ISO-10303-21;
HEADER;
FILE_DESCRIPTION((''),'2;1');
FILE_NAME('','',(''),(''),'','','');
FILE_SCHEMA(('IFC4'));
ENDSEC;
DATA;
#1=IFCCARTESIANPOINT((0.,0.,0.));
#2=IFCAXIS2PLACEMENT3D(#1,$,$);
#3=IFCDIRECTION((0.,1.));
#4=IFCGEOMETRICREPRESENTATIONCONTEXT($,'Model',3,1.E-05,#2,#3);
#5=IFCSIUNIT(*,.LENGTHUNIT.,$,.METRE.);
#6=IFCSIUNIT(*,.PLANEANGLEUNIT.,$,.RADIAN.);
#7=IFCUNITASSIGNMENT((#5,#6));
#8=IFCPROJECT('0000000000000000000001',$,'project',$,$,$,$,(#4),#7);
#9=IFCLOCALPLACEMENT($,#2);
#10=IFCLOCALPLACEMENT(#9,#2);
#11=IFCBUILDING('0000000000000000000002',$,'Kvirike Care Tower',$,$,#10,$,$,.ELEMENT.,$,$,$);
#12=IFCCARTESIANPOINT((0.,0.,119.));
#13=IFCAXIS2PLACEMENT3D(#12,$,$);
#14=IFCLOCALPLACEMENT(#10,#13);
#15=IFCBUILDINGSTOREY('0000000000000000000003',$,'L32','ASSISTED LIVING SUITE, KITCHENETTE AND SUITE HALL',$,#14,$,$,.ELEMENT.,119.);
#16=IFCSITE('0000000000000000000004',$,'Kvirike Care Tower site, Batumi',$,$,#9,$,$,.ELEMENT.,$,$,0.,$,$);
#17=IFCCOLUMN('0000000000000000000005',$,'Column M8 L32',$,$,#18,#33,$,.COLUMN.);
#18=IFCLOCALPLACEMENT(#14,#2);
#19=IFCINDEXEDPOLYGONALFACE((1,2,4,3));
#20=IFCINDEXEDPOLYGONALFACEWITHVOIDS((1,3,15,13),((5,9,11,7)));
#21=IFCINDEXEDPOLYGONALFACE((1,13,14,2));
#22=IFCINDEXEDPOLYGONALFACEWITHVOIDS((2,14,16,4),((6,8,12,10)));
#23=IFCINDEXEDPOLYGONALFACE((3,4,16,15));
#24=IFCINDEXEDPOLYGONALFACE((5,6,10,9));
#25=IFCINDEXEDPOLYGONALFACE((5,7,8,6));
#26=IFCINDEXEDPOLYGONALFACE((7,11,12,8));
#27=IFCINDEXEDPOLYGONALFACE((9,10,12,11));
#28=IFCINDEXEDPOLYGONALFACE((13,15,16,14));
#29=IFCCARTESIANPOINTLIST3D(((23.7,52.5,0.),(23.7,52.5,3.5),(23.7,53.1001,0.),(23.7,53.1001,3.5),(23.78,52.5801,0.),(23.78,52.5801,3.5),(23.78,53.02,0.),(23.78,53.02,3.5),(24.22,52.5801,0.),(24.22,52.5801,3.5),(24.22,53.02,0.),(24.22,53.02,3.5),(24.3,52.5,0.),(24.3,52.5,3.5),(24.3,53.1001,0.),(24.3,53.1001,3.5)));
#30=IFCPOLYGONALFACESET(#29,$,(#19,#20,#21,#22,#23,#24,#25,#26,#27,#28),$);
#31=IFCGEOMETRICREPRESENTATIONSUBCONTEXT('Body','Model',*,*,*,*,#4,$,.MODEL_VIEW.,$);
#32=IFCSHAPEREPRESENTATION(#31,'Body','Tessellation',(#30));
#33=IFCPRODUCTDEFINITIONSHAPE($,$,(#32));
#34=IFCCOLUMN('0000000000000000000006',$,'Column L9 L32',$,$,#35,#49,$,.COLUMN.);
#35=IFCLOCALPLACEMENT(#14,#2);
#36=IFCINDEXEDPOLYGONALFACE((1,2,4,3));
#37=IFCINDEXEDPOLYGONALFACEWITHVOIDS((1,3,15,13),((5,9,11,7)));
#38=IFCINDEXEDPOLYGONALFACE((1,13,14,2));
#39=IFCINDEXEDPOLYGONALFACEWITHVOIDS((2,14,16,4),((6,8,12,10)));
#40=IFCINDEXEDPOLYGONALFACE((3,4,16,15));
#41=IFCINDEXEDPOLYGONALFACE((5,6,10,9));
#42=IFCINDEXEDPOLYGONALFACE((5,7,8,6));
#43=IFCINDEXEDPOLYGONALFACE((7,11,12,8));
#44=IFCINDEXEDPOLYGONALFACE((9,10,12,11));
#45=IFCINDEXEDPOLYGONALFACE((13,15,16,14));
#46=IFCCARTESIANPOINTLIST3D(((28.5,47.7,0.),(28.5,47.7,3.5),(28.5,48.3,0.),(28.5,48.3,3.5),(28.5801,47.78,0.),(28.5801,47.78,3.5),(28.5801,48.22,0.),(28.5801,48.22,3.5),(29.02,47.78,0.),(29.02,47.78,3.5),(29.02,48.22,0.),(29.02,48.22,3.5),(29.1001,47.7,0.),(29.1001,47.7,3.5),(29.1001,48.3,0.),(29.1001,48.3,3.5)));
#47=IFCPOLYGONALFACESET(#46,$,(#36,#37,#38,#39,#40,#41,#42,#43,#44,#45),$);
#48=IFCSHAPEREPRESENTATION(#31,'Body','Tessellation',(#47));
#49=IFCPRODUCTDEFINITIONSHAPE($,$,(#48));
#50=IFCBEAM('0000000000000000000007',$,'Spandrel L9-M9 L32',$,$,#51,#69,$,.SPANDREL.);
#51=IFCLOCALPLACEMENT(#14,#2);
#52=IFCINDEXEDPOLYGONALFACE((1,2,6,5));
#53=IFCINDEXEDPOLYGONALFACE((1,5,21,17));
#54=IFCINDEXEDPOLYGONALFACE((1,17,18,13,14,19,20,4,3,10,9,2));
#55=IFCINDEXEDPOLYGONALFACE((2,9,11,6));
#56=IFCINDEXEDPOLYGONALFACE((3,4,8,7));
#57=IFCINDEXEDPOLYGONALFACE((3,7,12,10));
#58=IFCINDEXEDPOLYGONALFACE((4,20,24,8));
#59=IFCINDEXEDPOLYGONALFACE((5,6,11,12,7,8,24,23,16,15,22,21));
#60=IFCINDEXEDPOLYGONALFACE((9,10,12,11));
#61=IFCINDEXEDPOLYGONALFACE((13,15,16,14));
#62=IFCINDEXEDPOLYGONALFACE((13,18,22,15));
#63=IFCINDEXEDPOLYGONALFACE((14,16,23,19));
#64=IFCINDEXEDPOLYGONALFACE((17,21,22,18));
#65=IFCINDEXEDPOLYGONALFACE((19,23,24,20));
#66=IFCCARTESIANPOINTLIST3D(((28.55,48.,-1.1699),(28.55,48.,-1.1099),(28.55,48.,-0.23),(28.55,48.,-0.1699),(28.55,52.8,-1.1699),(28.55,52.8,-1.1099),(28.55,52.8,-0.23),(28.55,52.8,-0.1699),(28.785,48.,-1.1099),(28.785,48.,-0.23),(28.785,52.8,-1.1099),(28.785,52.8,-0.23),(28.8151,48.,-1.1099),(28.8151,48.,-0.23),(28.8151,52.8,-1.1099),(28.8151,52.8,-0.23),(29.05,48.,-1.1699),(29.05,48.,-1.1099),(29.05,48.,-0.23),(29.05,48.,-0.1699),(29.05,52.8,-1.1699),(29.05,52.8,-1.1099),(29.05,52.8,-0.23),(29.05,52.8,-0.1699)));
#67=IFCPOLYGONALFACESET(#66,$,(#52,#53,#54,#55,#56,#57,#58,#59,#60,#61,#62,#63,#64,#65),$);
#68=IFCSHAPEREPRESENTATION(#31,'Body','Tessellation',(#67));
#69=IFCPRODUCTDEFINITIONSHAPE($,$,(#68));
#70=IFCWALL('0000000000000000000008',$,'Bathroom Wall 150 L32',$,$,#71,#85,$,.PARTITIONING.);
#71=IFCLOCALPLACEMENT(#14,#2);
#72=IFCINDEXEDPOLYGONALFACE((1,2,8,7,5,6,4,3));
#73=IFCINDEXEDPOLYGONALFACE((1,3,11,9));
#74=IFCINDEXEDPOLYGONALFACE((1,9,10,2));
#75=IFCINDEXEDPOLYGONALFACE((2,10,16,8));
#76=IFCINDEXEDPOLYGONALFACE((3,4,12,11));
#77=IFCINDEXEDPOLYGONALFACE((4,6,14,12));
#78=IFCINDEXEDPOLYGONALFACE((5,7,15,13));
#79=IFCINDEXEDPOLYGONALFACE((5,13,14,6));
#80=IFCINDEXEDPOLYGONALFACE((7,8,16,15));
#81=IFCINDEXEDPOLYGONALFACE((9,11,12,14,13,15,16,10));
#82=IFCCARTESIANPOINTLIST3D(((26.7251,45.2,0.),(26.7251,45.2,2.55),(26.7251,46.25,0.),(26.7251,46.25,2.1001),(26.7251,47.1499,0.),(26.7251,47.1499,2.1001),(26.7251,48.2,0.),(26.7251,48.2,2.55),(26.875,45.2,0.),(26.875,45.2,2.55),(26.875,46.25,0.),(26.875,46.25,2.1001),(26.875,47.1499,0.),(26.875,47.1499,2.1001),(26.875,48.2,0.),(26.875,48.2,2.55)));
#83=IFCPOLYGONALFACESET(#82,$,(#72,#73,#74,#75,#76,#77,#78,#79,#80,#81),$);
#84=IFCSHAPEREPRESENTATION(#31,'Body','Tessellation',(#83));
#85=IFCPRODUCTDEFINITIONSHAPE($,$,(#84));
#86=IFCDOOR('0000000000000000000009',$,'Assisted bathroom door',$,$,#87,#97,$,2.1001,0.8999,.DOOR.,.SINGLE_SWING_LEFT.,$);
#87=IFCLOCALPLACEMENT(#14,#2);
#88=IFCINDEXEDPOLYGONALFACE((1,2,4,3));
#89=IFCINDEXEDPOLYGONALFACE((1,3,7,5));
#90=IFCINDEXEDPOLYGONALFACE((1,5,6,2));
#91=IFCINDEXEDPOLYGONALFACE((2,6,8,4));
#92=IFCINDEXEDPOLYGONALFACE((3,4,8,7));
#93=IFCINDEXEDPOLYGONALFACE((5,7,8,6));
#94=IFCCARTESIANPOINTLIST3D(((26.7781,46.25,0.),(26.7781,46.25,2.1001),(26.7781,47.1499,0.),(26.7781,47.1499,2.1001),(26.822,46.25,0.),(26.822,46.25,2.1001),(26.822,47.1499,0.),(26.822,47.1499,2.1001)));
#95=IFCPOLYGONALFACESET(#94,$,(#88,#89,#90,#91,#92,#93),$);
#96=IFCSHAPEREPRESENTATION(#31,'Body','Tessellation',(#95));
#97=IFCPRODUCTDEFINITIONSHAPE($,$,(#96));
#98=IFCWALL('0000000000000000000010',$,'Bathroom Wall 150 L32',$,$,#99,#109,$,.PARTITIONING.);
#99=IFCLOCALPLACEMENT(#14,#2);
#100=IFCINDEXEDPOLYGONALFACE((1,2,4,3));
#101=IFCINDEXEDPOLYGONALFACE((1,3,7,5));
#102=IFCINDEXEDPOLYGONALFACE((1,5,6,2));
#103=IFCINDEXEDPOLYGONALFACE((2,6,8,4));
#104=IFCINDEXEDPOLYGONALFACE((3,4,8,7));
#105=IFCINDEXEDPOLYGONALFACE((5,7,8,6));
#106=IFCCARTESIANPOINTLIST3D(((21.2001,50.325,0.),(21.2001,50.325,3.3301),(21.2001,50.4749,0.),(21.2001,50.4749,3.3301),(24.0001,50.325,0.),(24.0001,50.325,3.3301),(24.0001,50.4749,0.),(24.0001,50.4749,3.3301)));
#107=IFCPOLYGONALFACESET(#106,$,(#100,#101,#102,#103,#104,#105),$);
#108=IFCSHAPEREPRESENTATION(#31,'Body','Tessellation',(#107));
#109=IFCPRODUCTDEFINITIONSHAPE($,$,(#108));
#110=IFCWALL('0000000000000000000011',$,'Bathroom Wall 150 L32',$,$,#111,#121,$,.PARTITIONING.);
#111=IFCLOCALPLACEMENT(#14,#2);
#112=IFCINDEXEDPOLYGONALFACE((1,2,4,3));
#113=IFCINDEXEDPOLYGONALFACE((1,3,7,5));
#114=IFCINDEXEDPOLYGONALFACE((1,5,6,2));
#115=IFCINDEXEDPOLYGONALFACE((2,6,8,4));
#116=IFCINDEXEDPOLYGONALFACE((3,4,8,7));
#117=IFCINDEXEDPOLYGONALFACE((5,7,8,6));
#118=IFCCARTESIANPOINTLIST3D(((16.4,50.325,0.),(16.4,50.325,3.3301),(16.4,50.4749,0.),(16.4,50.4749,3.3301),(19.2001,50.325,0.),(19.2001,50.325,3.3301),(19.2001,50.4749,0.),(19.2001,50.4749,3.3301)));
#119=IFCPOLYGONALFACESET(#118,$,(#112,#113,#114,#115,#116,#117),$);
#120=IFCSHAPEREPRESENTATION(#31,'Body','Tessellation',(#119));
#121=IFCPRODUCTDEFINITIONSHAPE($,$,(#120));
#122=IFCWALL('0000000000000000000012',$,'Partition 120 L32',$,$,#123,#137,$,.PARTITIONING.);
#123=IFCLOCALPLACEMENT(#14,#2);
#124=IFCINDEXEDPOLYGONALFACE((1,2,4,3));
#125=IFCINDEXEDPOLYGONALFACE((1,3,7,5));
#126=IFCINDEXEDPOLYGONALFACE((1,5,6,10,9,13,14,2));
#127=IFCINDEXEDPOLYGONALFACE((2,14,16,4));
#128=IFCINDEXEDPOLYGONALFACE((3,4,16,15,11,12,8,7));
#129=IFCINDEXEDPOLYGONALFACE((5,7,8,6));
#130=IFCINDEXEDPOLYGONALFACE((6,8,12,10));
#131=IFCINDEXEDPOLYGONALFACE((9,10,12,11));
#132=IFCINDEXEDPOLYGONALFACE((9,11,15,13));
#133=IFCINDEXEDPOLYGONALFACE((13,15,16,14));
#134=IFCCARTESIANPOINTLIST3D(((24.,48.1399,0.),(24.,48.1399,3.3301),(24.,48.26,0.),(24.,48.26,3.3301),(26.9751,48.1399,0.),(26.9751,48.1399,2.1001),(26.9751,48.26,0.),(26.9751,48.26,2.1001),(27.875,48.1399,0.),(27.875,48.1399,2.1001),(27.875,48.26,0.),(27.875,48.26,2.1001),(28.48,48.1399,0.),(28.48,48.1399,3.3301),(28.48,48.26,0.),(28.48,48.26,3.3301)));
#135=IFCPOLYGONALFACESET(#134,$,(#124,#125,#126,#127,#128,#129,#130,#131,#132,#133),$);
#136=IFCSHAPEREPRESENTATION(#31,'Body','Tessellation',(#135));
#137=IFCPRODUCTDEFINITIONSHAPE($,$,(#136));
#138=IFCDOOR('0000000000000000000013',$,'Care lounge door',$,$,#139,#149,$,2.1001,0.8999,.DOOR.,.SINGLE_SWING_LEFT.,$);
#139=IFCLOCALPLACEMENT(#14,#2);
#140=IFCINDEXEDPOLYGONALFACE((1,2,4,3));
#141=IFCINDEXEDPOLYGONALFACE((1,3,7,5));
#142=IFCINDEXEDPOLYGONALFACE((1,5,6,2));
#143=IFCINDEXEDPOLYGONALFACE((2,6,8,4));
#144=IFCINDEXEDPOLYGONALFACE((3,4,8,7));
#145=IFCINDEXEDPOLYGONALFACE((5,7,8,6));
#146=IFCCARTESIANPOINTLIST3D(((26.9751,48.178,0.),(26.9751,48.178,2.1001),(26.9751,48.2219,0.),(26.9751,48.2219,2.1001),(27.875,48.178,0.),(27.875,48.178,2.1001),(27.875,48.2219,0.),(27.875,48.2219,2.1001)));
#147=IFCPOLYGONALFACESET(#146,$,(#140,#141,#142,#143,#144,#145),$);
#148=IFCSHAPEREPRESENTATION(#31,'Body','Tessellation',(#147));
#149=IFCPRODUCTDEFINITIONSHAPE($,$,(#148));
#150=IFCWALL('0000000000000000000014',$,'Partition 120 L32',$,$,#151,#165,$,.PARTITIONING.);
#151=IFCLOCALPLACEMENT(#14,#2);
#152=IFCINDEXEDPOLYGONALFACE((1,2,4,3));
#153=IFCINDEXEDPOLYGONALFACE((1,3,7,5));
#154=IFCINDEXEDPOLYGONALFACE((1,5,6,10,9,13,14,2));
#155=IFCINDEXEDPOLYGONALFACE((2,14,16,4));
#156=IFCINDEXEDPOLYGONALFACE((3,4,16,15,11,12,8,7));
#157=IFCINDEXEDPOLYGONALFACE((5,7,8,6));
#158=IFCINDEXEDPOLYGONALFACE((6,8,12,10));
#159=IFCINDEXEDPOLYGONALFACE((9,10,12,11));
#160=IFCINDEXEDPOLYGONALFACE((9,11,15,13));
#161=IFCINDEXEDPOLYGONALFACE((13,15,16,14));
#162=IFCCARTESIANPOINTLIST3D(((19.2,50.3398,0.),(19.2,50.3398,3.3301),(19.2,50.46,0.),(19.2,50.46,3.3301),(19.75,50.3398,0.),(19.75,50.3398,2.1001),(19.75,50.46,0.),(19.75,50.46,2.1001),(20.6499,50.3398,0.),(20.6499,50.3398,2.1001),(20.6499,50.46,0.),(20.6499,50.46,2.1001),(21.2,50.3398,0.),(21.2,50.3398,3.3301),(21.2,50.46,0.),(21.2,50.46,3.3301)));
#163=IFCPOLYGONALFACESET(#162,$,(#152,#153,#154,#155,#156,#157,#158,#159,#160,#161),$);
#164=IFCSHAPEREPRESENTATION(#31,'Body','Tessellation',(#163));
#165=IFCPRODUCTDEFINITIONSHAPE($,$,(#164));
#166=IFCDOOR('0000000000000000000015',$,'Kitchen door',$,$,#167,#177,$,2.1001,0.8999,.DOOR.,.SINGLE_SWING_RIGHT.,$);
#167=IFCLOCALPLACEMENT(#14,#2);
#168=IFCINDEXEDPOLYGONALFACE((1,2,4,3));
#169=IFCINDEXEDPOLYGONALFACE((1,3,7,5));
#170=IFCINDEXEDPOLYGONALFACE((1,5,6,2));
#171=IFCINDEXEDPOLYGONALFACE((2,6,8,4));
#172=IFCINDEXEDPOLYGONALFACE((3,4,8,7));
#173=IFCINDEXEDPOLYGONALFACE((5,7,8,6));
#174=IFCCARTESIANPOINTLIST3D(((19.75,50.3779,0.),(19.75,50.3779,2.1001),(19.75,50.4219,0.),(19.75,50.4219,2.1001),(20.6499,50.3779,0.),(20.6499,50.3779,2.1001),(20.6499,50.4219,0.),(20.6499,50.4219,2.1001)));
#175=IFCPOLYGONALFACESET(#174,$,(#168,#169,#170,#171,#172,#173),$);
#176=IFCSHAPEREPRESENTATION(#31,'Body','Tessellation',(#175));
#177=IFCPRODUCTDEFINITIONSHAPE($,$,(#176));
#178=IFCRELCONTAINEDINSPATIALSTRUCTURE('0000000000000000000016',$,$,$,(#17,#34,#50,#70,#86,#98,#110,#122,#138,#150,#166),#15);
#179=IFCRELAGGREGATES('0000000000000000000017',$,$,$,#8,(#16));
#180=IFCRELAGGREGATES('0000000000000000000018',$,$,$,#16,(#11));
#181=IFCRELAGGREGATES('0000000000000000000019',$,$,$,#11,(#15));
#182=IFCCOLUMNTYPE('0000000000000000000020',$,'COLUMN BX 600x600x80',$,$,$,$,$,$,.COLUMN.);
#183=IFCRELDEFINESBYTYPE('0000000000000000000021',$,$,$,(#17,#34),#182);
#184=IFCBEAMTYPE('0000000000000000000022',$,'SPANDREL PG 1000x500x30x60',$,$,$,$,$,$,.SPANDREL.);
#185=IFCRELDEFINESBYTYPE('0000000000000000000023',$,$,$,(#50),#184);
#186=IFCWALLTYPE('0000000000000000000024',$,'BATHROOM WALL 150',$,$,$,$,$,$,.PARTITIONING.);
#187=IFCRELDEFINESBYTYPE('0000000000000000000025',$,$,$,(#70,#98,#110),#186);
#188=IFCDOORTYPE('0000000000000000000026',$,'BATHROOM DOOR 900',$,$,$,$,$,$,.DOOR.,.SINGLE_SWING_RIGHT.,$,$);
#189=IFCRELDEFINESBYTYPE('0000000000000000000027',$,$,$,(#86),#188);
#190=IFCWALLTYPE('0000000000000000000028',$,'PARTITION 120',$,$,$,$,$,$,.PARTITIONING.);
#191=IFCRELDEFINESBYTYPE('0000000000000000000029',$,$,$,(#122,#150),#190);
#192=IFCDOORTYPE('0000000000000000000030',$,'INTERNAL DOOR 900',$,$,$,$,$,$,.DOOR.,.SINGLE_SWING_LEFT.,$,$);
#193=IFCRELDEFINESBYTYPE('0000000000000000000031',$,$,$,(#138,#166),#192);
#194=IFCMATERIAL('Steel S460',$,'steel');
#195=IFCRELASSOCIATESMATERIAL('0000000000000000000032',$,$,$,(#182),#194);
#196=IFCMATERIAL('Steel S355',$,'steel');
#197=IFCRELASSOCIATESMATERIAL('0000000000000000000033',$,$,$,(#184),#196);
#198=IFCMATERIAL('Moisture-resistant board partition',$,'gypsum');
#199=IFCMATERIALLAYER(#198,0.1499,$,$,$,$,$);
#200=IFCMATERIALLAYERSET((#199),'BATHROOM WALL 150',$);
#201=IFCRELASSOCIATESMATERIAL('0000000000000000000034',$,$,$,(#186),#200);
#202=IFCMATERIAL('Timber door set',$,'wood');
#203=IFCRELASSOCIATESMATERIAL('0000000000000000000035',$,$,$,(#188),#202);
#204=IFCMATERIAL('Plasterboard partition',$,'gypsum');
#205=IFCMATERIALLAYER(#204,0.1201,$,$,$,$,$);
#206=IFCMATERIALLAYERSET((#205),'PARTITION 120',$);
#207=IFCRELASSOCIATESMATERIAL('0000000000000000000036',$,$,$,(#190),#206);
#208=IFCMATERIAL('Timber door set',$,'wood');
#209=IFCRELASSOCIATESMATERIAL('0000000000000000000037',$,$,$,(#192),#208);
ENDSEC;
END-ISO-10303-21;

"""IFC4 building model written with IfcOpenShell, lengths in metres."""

from ifc_helpers import new_model, si_unit, direction, frame, frame_2d, origin, origin_2d, place, context, subcontext, project, spatial, rectangle, hollow_rectangle, i_section, extrude, material, layer, layer_set, material_profile, profile_set, type_object, element, fill, save


model = new_model("IFC4")

# Units and contexts
model_context = context("Model", 3, precision=1e-05, world=origin(), true_north=direction((0.0, 1.0)))
body_context = subcontext(model_context, "Body", "Model", "MODEL_VIEW")
ifc_project = project(units=[si_unit("LENGTHUNIT", "METRE"), si_unit("PLANEANGLEUNIT", "RADIAN")], contexts=[model_context])

# Site, building, storey
site_placement = place(None, origin())
site = spatial("IfcSite", under=ifc_project, at=site_placement, Name="Kvirike Care Tower site, Batumi", CompositionType="ELEMENT", RefElevation=0.0)
building_placement = place(site_placement, origin())
building = spatial("IfcBuilding", under=site, at=building_placement, Name="Kvirike Care Tower", CompositionType="ELEMENT")
storey_placement = place(building_placement, frame((0.0, 0.0, 119.0)))
storey = spatial("IfcBuildingStorey", under=building, at=storey_placement, Name="L32", Description="ASSISTED LIVING SUITE, KITCHENETTE AND SUITE HALL", CompositionType="ELEMENT", Elevation=119.0)

# Columns
ifc_material_1 = material(Name="Steel S460", Category="steel")
ifc_material_profile_1 = material_profile(ifc_material_1, hollow_rectangle(XDim=0.6001, YDim=0.6001, WallThickness=0.0801, at=origin_2d()), Name="BX 600x600x80")
ifc_profile_set_1 = profile_set([ifc_material_profile_1], Name="Steel S460")
column_type = type_object("IfcColumnType", Name="COLUMN BX 600x600x80", PredefinedType="COLUMN", material=ifc_profile_set_1)
for number, where, z_axis, x_axis, name in (
    (1, (24.0, 52.8, 0.0), (0.0, 0.0, 1.0), (0.0, 1.0, 0.0), "Column M8 L32"),
    (2, (28.8, 48.0, 0.0), (0.0, 0.0, 1.0), (1.0, 0.0, 0.0), "Column L9 L32"),
):
    element("IfcColumn", number, at=place(storey_placement, frame(where, z_axis=z_axis, x_axis=x_axis)), inside=storey, type_object=column_type, Name=name, PredefinedType="COLUMN", context=body_context, shape_type="SweptSolid", body=[
        extrude(hollow_rectangle(XDim=0.6001, YDim=0.6001, WallThickness=0.0801, at=origin_2d()), origin(), (0.0, 0.0, 1.0), 3.5),
    ])

# Beam
ifc_material_2 = material(Name="Steel S355", Category="steel")
ifc_material_profile_2 = material_profile(ifc_material_2, i_section(OverallWidth=0.5, OverallDepth=1.0, WebThickness=0.03, FlangeThickness=0.0601, at=origin_2d()), Name="PG 1000x500x30x60")
ifc_profile_set_2 = profile_set([ifc_material_profile_2], Name="Steel S355")
beam_type = type_object("IfcBeamType", Name="SPANDREL PG 1000x500x30x60", PredefinedType="SPANDREL", material=ifc_profile_set_2)
beam_placement = place(storey_placement, frame((28.8, 48.0, -0.6699), z_axis=(0.0, 1.0, 0.0), x_axis=(-1.0, 0.0, 0.0)))
element("IfcBeam", 3, at=beam_placement, inside=storey, type_object=beam_type, Name="Spandrel L9-M9 L32", PredefinedType="SPANDREL", context=body_context, shape_type="SweptSolid", body=[
    extrude(i_section(OverallWidth=0.5, OverallDepth=1.0, WebThickness=0.03, FlangeThickness=0.0601, at=origin_2d()), origin(), (0.0, 0.0, 1.0), 4.8),
])

# Wall, opening, door
ifc_material_3 = material(Name="Moisture-resistant board partition", Category="gypsum")
ifc_layer_1 = layer(ifc_material_3, 0.1499)
ifc_layer_set_1 = layer_set([ifc_layer_1], Name="BATHROOM WALL 150")
wall_type_1 = type_object("IfcWallType", Name="BATHROOM WALL 150", PredefinedType="PARTITIONING", material=ifc_layer_set_1)
wall_1_placement = place(storey_placement, frame((26.8, 48.2, 0.0), z_axis=(0.0, 0.0, 1.0), x_axis=(0.0, -1.0, 0.0)))
wall_1 = element("IfcWall", 4, at=wall_1_placement, inside=storey, type_object=wall_type_1, Name="Bathroom Wall 150 L32", PredefinedType="PARTITIONING", context=body_context, shape_type="SweptSolid", body=[
    extrude(rectangle(XDim=3.0, YDim=0.1499, at=frame_2d((1.5, 0.0))), origin(), (0.0, 0.0, 1.0), 2.55),
])
opening_1_placement = place(wall_1_placement, frame((1.05, 0.0, 0.0)))
opening_1 = element("IfcOpeningElement", 5, at=opening_1_placement, cuts=wall_1, PredefinedType="OPENING", context=body_context, shape_type="SweptSolid", body=[
    extrude(rectangle(XDim=0.8999, YDim=2.1001, at=frame_2d((0.45, 1.05))), frame((0.0, 0.0854, 0.0), z_axis=(0.0, -1.0, 0.0), x_axis=(1.0, 0.0, 0.0)), (0.0, 0.0, 1.0), 0.1709),
])
ifc_material_4 = material(Name="Timber door set", Category="wood")
door_type_1 = type_object("IfcDoorType", Name="BATHROOM DOOR 900", OperationType="SINGLE_SWING_RIGHT", PredefinedType="DOOR", material=ifc_material_4)
door_1_placement = place(opening_1_placement, origin())
door_1 = element("IfcDoor", 6, at=door_1_placement, inside=storey, type_object=door_type_1, Name="Assisted bathroom door", OperationType="SINGLE_SWING_LEFT", OverallHeight=2.1001, OverallWidth=0.8999, PredefinedType="DOOR", context=body_context, shape_type="SweptSolid", body=[
    extrude(rectangle(XDim=0.8999, YDim=2.1001, at=frame_2d((0.45, 1.05))), frame((0.0, 0.022, 0.0), z_axis=(0.0, -1.0, 0.0), x_axis=(1.0, 0.0, 0.0)), (0.0, 0.0, 1.0), 0.0439),
])
fill(opening_1, door_1)

# Walls
for number, where, z_axis, x_axis, name in (
    (7, (24.0, 50.3999, 0.0), (0.0, 0.0, 1.0), (-1.0, 0.0, 0.0), "Bathroom Wall 150 L32"),
    (8, (19.2, 50.3999, 0.0), (0.0, 0.0, 1.0), (-1.0, 0.0, 0.0), "Bathroom Wall 150 L32"),
):
    element("IfcWall", number, at=place(storey_placement, frame(where, z_axis=z_axis, x_axis=x_axis)), inside=storey, type_object=wall_type_1, Name=name, PredefinedType="PARTITIONING", context=body_context, shape_type="SweptSolid", body=[
        extrude(rectangle(XDim=2.8, YDim=0.1499, at=frame_2d((1.3999, 0.0))), origin(), (0.0, 0.0, 1.0), 3.3301),
    ])

# Walls, openings, doors
ifc_material_5 = material(Name="Plasterboard partition", Category="gypsum")
ifc_layer_2 = layer(ifc_material_5, 0.1201)
ifc_layer_set_2 = layer_set([ifc_layer_2], Name="PARTITION 120")
wall_type_2 = type_object("IfcWallType", Name="PARTITION 120", PredefinedType="PARTITIONING", material=ifc_layer_set_2)
wall_2_placement = place(storey_placement, frame((28.48, 48.2, 0.0), z_axis=(0.0, 0.0, 1.0), x_axis=(-1.0, 0.0, 0.0)))
wall_2 = element("IfcWall", 9, at=wall_2_placement, inside=storey, type_object=wall_type_2, Name="Partition 120 L32", PredefinedType="PARTITIONING", context=body_context, shape_type="SweptSolid", body=[
    extrude(rectangle(XDim=4.48, YDim=0.1201, at=frame_2d((2.24, 0.0))), origin(), (0.0, 0.0, 1.0), 3.3301),
])
opening_2_placement = place(wall_2_placement, frame((0.605, 0.0, 0.0)))
opening_2 = element("IfcOpeningElement", 10, at=opening_2_placement, cuts=wall_2, PredefinedType="OPENING", context=body_context, shape_type="SweptSolid", body=[
    extrude(rectangle(XDim=0.8999, YDim=2.1001, at=frame_2d((0.45, 1.05))), frame((0.0, 0.0706, 0.0), z_axis=(0.0, -1.0, 0.0), x_axis=(1.0, 0.0, 0.0)), (0.0, 0.0, 1.0), 0.1411),
])
ifc_material_6 = material(Name="Timber door set", Category="wood")
door_type_2 = type_object("IfcDoorType", Name="INTERNAL DOOR 900", OperationType="SINGLE_SWING_LEFT", PredefinedType="DOOR", material=ifc_material_6)
door_2_placement = place(opening_2_placement, origin())
door_2 = element("IfcDoor", 11, at=door_2_placement, inside=storey, type_object=door_type_2, Name="Care lounge door", OperationType="SINGLE_SWING_LEFT", OverallHeight=2.1001, OverallWidth=0.8999, PredefinedType="DOOR", context=body_context, shape_type="SweptSolid", body=[
    extrude(rectangle(XDim=0.8999, YDim=2.1001, at=frame_2d((0.45, 1.05))), frame((0.0, 0.022, 0.0), z_axis=(0.0, -1.0, 0.0), x_axis=(1.0, 0.0, 0.0)), (0.0, 0.0, 1.0), 0.0439),
])
fill(opening_2, door_2)
wall_3_placement = place(storey_placement, frame((21.2, 50.3999, 0.0), z_axis=(0.0, 0.0, 1.0), x_axis=(-1.0, 0.0, 0.0)))
wall_3 = element("IfcWall", 12, at=wall_3_placement, inside=storey, type_object=wall_type_2, Name="Partition 120 L32", PredefinedType="PARTITIONING", context=body_context, shape_type="SweptSolid", body=[
    extrude(rectangle(XDim=2.0, YDim=0.1201, at=frame_2d((1.0, 0.0))), origin(), (0.0, 0.0, 1.0), 3.3301),
])
opening_3_placement = place(wall_3_placement, frame((0.55, 0.0, 0.0)))
opening_3 = element("IfcOpeningElement", 13, at=opening_3_placement, cuts=wall_3, PredefinedType="OPENING", context=body_context, shape_type="SweptSolid", body=[
    extrude(rectangle(XDim=0.8999, YDim=2.1001, at=frame_2d((0.45, 1.05))), frame((0.0, 0.0706, 0.0), z_axis=(0.0, -1.0, 0.0), x_axis=(1.0, 0.0, 0.0)), (0.0, 0.0, 1.0), 0.1411),
])
door_3_placement = place(opening_3_placement, frame((0.8999, 0.0, 0.0), z_axis=(0.0, 0.0, 1.0), x_axis=(-1.0, 0.0, 0.0)))
door_3 = element("IfcDoor", 14, at=door_3_placement, inside=storey, type_object=door_type_2, Name="Kitchen door", OperationType="SINGLE_SWING_RIGHT", OverallHeight=2.1001, OverallWidth=0.8999, PredefinedType="DOOR", context=body_context, shape_type="SweptSolid", body=[
    extrude(rectangle(XDim=0.8999, YDim=2.1001, at=frame_2d((0.45, 1.05))), frame((0.0, 0.022, 0.0), z_axis=(0.0, -1.0, 0.0), x_axis=(1.0, 0.0, 0.0)), (0.0, 0.0, 1.0), 0.0439),
])
fill(opening_3, door_3)

save(model, "model.ifc")
